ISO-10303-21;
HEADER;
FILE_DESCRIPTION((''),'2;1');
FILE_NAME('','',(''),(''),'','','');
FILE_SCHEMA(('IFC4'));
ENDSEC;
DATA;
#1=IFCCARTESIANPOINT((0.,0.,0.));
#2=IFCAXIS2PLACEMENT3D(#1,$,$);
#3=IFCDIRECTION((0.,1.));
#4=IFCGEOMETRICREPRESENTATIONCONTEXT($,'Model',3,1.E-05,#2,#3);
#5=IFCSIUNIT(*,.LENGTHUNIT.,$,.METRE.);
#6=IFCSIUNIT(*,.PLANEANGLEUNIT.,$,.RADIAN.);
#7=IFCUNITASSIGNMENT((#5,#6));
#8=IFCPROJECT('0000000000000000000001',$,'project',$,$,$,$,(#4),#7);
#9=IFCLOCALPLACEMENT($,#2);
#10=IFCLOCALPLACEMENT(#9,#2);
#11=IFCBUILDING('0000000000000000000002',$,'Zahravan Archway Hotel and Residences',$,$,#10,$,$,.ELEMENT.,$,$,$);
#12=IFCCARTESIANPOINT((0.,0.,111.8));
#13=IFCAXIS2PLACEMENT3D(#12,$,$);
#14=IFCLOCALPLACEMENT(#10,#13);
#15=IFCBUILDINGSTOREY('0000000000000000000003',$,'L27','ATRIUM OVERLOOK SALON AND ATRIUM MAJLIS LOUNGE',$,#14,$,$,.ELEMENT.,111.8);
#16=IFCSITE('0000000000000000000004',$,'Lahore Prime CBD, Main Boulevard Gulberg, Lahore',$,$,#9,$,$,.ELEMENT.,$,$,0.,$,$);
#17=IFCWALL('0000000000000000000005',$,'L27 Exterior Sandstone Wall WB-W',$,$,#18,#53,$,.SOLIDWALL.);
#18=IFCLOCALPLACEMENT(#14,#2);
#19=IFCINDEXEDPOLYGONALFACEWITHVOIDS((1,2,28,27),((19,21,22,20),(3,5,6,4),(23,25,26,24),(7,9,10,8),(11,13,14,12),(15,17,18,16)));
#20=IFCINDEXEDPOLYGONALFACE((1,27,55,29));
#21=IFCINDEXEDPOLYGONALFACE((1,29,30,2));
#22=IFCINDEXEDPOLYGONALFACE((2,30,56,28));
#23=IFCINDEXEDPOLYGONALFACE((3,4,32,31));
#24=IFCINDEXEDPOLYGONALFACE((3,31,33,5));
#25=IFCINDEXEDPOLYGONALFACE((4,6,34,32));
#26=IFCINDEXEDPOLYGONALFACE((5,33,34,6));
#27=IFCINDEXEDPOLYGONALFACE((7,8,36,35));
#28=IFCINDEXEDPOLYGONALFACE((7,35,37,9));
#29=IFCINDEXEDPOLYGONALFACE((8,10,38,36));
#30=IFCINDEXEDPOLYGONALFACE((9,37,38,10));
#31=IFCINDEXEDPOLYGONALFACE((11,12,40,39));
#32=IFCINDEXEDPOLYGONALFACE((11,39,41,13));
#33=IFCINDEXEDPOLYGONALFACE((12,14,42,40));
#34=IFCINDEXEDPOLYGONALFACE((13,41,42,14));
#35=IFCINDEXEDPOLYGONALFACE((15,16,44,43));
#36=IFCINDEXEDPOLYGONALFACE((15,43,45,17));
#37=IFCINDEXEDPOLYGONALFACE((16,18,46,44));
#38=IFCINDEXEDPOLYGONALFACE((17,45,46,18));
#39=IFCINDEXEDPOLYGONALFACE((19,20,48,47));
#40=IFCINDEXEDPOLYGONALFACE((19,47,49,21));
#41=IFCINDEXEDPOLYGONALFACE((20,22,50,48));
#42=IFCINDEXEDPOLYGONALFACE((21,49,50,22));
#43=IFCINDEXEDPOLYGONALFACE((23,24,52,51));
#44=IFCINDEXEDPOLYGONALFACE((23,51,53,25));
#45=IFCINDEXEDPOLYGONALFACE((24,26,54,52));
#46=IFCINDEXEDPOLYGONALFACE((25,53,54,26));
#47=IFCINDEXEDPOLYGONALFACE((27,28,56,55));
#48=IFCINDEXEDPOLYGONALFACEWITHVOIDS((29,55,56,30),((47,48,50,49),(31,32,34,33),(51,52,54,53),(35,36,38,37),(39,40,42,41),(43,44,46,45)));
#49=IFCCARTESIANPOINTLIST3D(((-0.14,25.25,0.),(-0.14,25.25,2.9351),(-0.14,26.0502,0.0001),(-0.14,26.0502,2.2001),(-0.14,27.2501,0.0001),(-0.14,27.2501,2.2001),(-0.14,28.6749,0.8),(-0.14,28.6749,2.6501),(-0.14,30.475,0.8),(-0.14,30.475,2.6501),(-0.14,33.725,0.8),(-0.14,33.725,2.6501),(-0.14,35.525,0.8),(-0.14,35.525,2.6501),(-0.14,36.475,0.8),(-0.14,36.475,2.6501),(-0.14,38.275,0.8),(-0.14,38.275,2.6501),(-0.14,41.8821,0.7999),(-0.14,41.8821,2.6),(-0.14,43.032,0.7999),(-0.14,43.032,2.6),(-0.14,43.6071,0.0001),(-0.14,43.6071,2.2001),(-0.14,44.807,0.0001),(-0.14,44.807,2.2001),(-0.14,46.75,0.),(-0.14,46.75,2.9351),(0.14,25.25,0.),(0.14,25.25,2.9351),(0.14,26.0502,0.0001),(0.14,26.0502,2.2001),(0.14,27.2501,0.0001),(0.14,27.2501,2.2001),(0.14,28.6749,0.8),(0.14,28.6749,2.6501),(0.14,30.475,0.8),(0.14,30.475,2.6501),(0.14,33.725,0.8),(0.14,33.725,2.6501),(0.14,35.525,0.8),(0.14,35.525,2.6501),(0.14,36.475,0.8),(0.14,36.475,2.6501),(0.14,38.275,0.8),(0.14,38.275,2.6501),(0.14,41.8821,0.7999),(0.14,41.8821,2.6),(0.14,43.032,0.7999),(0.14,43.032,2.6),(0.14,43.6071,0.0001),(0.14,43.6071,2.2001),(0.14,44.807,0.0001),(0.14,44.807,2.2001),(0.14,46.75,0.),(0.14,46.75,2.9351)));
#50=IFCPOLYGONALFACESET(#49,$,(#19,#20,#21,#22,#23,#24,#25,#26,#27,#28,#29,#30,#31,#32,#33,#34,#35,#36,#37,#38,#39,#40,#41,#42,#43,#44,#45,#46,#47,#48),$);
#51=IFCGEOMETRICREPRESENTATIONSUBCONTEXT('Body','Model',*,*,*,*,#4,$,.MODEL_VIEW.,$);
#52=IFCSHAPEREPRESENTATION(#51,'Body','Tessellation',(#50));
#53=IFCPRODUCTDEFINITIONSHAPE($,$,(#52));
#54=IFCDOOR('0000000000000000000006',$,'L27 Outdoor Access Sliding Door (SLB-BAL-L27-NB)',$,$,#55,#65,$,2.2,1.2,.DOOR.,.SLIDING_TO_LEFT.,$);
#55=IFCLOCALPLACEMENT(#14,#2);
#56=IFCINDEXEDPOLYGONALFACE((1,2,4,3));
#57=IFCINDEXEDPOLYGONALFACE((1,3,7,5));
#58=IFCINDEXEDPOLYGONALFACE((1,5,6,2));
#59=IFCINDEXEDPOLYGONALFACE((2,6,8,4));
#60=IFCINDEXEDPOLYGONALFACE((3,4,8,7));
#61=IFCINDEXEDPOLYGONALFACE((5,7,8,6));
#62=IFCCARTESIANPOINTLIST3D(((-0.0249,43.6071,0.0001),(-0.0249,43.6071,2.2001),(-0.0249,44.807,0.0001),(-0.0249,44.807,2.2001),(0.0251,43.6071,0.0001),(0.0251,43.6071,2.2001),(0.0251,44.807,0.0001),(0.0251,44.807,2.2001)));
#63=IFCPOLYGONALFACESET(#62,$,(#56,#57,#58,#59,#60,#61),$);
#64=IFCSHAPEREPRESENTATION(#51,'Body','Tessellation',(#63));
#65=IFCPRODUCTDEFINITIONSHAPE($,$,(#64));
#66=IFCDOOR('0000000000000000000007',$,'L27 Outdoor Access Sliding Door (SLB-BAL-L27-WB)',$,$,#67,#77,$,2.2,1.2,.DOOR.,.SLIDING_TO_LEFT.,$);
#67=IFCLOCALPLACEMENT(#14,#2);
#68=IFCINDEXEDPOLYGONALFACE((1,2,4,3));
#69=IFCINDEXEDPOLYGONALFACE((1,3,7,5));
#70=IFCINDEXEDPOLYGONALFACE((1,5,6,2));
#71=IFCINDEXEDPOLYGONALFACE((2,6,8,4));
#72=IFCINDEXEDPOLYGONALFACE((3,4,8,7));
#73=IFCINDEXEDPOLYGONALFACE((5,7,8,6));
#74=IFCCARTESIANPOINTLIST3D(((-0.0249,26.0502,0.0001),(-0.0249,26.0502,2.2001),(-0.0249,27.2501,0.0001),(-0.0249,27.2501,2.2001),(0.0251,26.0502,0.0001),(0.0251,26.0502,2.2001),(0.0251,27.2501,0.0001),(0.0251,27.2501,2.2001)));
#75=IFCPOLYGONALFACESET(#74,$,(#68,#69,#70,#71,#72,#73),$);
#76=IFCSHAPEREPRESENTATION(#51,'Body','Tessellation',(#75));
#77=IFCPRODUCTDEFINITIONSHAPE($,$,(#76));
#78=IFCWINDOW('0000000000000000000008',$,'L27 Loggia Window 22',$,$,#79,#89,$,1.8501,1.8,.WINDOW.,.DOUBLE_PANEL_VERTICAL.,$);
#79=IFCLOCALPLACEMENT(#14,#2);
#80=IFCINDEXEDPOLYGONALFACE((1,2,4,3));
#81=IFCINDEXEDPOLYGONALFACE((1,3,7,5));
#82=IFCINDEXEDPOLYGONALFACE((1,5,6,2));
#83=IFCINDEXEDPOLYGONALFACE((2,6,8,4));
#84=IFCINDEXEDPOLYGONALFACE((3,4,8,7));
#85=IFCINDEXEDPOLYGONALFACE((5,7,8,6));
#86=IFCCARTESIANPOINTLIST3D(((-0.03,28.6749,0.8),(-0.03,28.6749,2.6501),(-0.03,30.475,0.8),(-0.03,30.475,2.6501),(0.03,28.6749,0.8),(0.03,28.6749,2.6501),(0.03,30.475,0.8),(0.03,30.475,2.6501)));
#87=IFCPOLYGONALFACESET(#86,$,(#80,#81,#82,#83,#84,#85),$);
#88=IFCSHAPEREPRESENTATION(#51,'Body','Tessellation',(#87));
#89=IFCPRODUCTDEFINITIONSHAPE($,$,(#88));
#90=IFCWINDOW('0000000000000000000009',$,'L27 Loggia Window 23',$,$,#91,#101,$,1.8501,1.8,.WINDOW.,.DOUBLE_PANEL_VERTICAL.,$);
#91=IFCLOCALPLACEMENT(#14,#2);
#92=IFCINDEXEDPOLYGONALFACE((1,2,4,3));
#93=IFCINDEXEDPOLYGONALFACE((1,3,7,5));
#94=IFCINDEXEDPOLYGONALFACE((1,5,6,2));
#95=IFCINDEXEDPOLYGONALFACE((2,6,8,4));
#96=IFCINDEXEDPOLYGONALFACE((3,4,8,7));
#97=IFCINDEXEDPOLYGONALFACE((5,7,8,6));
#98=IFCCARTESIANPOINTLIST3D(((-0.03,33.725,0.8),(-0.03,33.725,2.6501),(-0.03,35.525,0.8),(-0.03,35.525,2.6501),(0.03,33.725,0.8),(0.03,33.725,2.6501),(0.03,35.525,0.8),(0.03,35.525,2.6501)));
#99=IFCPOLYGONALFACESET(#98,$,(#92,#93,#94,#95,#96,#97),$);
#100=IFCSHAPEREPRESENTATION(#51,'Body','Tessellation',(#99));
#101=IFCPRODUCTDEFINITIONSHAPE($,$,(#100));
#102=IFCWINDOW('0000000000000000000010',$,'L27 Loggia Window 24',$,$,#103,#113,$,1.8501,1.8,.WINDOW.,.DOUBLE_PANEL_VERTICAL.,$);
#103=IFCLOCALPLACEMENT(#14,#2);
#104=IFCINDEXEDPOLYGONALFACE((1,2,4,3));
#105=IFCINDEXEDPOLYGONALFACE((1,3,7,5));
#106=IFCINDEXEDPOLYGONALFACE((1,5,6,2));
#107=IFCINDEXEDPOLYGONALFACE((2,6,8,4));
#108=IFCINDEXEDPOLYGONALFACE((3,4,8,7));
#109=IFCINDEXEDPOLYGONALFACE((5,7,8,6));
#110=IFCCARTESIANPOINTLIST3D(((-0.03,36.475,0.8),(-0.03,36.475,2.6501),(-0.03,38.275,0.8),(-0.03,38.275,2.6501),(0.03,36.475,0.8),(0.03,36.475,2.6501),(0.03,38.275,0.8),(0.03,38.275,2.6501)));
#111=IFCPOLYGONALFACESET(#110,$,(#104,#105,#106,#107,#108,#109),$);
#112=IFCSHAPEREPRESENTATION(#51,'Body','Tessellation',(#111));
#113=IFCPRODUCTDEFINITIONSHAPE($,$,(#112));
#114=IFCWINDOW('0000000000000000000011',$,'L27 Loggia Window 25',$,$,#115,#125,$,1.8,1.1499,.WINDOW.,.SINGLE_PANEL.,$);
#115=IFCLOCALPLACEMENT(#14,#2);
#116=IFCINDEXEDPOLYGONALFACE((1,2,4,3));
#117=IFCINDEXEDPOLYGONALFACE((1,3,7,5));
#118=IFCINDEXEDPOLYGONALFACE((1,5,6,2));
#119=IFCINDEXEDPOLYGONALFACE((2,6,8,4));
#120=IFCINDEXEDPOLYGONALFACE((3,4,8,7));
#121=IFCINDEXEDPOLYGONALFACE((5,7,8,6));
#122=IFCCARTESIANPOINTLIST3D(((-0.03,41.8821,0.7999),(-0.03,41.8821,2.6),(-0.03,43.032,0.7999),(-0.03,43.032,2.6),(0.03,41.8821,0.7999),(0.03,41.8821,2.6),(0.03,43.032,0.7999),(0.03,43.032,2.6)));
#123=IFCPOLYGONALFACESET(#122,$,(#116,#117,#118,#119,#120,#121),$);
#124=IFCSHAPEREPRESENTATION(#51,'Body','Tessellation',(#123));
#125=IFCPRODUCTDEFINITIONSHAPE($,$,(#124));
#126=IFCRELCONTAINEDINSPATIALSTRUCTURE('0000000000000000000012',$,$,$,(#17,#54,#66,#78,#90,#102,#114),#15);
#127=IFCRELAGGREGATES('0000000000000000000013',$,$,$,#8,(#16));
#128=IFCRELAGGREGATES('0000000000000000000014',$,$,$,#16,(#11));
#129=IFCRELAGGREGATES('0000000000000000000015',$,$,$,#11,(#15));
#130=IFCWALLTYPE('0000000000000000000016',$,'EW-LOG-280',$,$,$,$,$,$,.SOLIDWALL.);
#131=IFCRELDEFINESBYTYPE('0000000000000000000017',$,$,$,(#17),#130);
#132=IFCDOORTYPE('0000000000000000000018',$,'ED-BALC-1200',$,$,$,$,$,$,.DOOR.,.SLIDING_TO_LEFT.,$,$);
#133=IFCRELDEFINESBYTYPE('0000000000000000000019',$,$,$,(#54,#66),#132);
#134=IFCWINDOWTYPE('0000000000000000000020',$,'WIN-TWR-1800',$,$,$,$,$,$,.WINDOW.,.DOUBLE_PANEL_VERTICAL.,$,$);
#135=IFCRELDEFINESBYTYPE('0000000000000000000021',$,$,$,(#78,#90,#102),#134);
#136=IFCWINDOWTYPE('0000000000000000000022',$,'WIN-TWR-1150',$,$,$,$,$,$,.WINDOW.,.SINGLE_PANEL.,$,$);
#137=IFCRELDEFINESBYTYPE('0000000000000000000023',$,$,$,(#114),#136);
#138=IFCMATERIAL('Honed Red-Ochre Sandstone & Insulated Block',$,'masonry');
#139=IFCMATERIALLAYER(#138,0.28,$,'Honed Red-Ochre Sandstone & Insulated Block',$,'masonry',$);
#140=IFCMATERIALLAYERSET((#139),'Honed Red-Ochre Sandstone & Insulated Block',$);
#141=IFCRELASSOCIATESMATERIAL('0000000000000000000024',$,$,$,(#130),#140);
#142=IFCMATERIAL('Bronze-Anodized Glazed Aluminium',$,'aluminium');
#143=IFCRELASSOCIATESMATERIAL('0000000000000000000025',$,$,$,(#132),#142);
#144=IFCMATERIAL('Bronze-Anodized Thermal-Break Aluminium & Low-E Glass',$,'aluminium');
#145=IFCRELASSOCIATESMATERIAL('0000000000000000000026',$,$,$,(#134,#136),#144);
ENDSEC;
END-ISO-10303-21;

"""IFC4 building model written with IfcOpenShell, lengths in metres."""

from ifc_helpers import new_model, si_unit, direction, frame, frame_2d, origin, place, context, subcontext, project, spatial, rectangle, extrude, source, transform, mapped, material, layer, layer_set, type_object, type_shapes, element, fill, save


model = new_model("IFC4")

# Units and contexts
model_context = context("Model", 3, precision=1e-05, world=origin(), true_north=direction((0.0, 1.0)))
body_context = subcontext(model_context, "Body", "Model", "MODEL_VIEW")
ifc_project = project(units=[si_unit("LENGTHUNIT", "METRE"), si_unit("PLANEANGLEUNIT", "RADIAN")], contexts=[model_context])

# Site, building, storey
site_placement = place(None, origin())
site = spatial("IfcSite", under=ifc_project, at=site_placement, Name="Lahore Prime CBD, Main Boulevard Gulberg, Lahore", CompositionType="ELEMENT", RefElevation=0.0)
building_placement = place(site_placement, origin())
building = spatial("IfcBuilding", under=site, at=building_placement, Name="Zahravan Archway Hotel and Residences", CompositionType="ELEMENT")
storey_placement = place(building_placement, frame((0.0, 0.0, 111.8)))
storey = spatial("IfcBuildingStorey", under=building, at=storey_placement, Name="L27", Description="ATRIUM OVERLOOK SALON AND ATRIUM MAJLIS LOUNGE", CompositionType="ELEMENT", Elevation=111.8)

# Shared definitions
ifc_material_1 = material(Name="Honed Red-Ochre Sandstone & Insulated Block", Category="masonry")
ifc_layer_1 = layer(ifc_material_1, 0.28, Name="Honed Red-Ochre Sandstone & Insulated Block", Category="masonry")
ifc_layer_set_1 = layer_set([ifc_layer_1], Name="Honed Red-Ochre Sandstone & Insulated Block")
wall_type_1 = type_object("IfcWallType", Name="EW-LOG-280", PredefinedType="SOLIDWALL", material=ifc_layer_set_1)
ifc_material_2 = material(Name="Bronze-Anodized Thermal-Break Aluminium & Low-E Glass", Category="aluminium")

# Wall, openings, doors, windows
wall_1_placement = place(storey_placement, frame((0.0, 25.25, 0.0), z_axis=(0.0, 0.0, 1.0), x_axis=(0.0, 1.0, 0.0)))
wall_1 = element("IfcWall", 1, at=wall_1_placement, inside=storey, type_object=wall_type_1, Name="L27 Exterior Sandstone Wall WB-W", PredefinedType="SOLIDWALL", context=body_context, shape_type="SweptSolid", body=[
    extrude(rectangle(XDim=21.5, YDim=0.28, at=frame_2d((10.75, 0.0))), origin(), (0.0, 0.0, 1.0), 2.9351),
])
opening_1_placement = place(wall_1_placement, frame((18.3569, 0.0, 0.0)))
opening_1 = element("IfcOpeningElement", 2, at=opening_1_placement, cuts=wall_1, PredefinedType="OPENING", context=body_context, shape_type="SweptSolid", body=[
    extrude(rectangle(XDim=1.2, YDim=2.2, at=frame_2d((0.6001, 1.1001))), frame((0.0, 0.1499, 0.0), z_axis=(0.0, -1.0, 0.0), x_axis=(1.0, 0.0, 0.0)), (0.0, 0.0, 1.0), 0.3),
])
opening_2_placement = place(wall_1_placement, frame((0.8, 0.0, 0.0)))
opening_2 = element("IfcOpeningElement", 3, at=opening_2_placement, cuts=wall_1, PredefinedType="OPENING", context=body_context, shape_type="SweptSolid", body=[
    extrude(rectangle(XDim=1.2, YDim=2.2, at=frame_2d((0.6001, 1.1001))), frame((0.0, 0.1499, 0.0), z_axis=(0.0, -1.0, 0.0), x_axis=(1.0, 0.0, 0.0)), (0.0, 0.0, 1.0), 0.3),
])
opening_3_placement = place(wall_1_placement, frame((3.425, 0.0, 0.8)))
opening_3 = element("IfcOpeningElement", 4, at=opening_3_placement, cuts=wall_1, PredefinedType="OPENING", context=body_context, shape_type="SweptSolid", body=[
    extrude(rectangle(XDim=1.8, YDim=1.8501, at=frame_2d((0.8999, 0.925))), frame((0.0, 0.1499, 0.0), z_axis=(0.0, -1.0, 0.0), x_axis=(1.0, 0.0, 0.0)), (0.0, 0.0, 1.0), 0.3),
])
opening_4_placement = place(wall_1_placement, frame((8.4751, 0.0, 0.8)))
opening_4 = element("IfcOpeningElement", 5, at=opening_4_placement, cuts=wall_1, PredefinedType="OPENING", context=body_context, shape_type="SweptSolid", body=[
    extrude(rectangle(XDim=1.8, YDim=1.8501, at=frame_2d((0.8999, 0.925))), frame((0.0, 0.1499, 0.0), z_axis=(0.0, -1.0, 0.0), x_axis=(1.0, 0.0, 0.0)), (0.0, 0.0, 1.0), 0.3),
])
opening_5_placement = place(wall_1_placement, frame((11.2251, 0.0, 0.8)))
opening_5 = element("IfcOpeningElement", 6, at=opening_5_placement, cuts=wall_1, PredefinedType="OPENING", context=body_context, shape_type="SweptSolid", body=[
    extrude(rectangle(XDim=1.8, YDim=1.8501, at=frame_2d((0.8999, 0.925))), frame((0.0, 0.1499, 0.0), z_axis=(0.0, -1.0, 0.0), x_axis=(1.0, 0.0, 0.0)), (0.0, 0.0, 1.0), 0.3),
])
opening_6_placement = place(wall_1_placement, frame((16.6321, 0.0, 0.8)))
opening_6 = element("IfcOpeningElement", 7, at=opening_6_placement, cuts=wall_1, PredefinedType="OPENING", context=body_context, shape_type="SweptSolid", body=[
    extrude(rectangle(XDim=1.1499, YDim=1.8, at=frame_2d((0.575, 0.8999))), frame((0.0, 0.1499, 0.0), z_axis=(0.0, -1.0, 0.0), x_axis=(1.0, 0.0, 0.0)), (0.0, 0.0, 1.0), 0.3),
])
ifc_material_3 = material(Name="Bronze-Anodized Glazed Aluminium", Category="aluminium")
door_type = type_object("IfcDoorType", Name="ED-BALC-1200", OperationType="SLIDING_TO_LEFT", PredefinedType="DOOR", material=ifc_material_3)
shared_shape_1 = source(origin(), body_context, "Body", "SweptSolid", [
    extrude(rectangle(XDim=1.2, YDim=2.2, at=frame_2d((0.6001, 1.1001))), frame((0.0, 0.0249, 0.0), z_axis=(0.0, -1.0, 0.0), x_axis=(1.0, 0.0, 0.0)), (0.0, 0.0, 1.0), 0.05),
])
type_shapes(door_type, [shared_shape_1])
door_1_placement = place(opening_1_placement, origin())
door_1 = element("IfcDoor", 8, at=door_1_placement, inside=storey, type_object=door_type, Name="L27 Outdoor Access Sliding Door (SLB-BAL-L27-NB)", OperationType="SLIDING_TO_LEFT", OverallHeight=2.2, OverallWidth=1.2, PredefinedType="DOOR", context=body_context, shape_type="MappedRepresentation", body=[
    mapped(shared_shape_1, transform((0.0, 0.0, 0.0), scale=1.0)),
])
fill(opening_1, door_1)
door_2_placement = place(opening_2_placement, origin())
door_2 = element("IfcDoor", 9, at=door_2_placement, inside=storey, type_object=door_type, Name="L27 Outdoor Access Sliding Door (SLB-BAL-L27-WB)", OperationType="SLIDING_TO_LEFT", OverallHeight=2.2, OverallWidth=1.2, PredefinedType="DOOR", context=body_context, shape_type="MappedRepresentation", body=[
    mapped(shared_shape_1, transform((0.0, 0.0, 0.0), scale=1.0)),
])
fill(opening_2, door_2)
window_type_1 = type_object("IfcWindowType", Name="WIN-TWR-1800", PartitioningType="DOUBLE_PANEL_VERTICAL", PredefinedType="WINDOW", material=ifc_material_2)
shared_shape_2 = source(origin(), body_context, "Body", "SweptSolid", [
    extrude(rectangle(XDim=1.8, YDim=1.8501, at=frame_2d((0.8999, 0.925))), frame((0.0, 0.03, 0.0), z_axis=(0.0, -1.0, 0.0), x_axis=(1.0, 0.0, 0.0)), (0.0, 0.0, 1.0), 0.0601),
])
type_shapes(window_type_1, [shared_shape_2])
window_1_placement = place(opening_3_placement, origin())
window_1 = element("IfcWindow", 10, at=window_1_placement, inside=storey, type_object=window_type_1, Name="L27 Loggia Window 22", OverallHeight=1.8501, OverallWidth=1.8, PartitioningType="DOUBLE_PANEL_VERTICAL", PredefinedType="WINDOW", context=body_context, shape_type="MappedRepresentation", body=[
    mapped(shared_shape_2, transform((0.0, 0.0, 0.0), scale=1.0)),
])
fill(opening_3, window_1)
window_2_placement = place(opening_4_placement, origin())
window_2 = element("IfcWindow", 11, at=window_2_placement, inside=storey, type_object=window_type_1, Name="L27 Loggia Window 23", OverallHeight=1.8501, OverallWidth=1.8, PartitioningType="DOUBLE_PANEL_VERTICAL", PredefinedType="WINDOW", context=body_context, shape_type="MappedRepresentation", body=[
    mapped(shared_shape_2, transform((0.0, 0.0, 0.0), scale=1.0)),
])
fill(opening_4, window_2)
window_3_placement = place(opening_5_placement, origin())
window_3 = element("IfcWindow", 12, at=window_3_placement, inside=storey, type_object=window_type_1, Name="L27 Loggia Window 24", OverallHeight=1.8501, OverallWidth=1.8, PartitioningType="DOUBLE_PANEL_VERTICAL", PredefinedType="WINDOW", context=body_context, shape_type="MappedRepresentation", body=[
    mapped(shared_shape_2, transform((0.0, 0.0, 0.0), scale=1.0)),
])
fill(opening_5, window_3)
window_type_2 = type_object("IfcWindowType", Name="WIN-TWR-1150", PartitioningType="SINGLE_PANEL", PredefinedType="WINDOW", material=ifc_material_2)
shared_shape_3 = source(origin(), body_context, "Body", "SweptSolid", [
    extrude(rectangle(XDim=1.1499, YDim=1.8, at=frame_2d((0.575, 0.8999))), frame((0.0, 0.03, 0.0), z_axis=(0.0, -1.0, 0.0), x_axis=(1.0, 0.0, 0.0)), (0.0, 0.0, 1.0), 0.0601),
])
type_shapes(window_type_2, [shared_shape_3])
window_4_placement = place(opening_6_placement, origin())
window_4 = element("IfcWindow", 13, at=window_4_placement, inside=storey, type_object=window_type_2, Name="L27 Loggia Window 25", OverallHeight=1.8, OverallWidth=1.1499, PartitioningType="SINGLE_PANEL", PredefinedType="WINDOW", context=body_context, shape_type="MappedRepresentation", body=[
    mapped(shared_shape_3, transform((0.0, 0.0, 0.0), scale=1.0)),
])
fill(opening_6, window_4)

save(model, "model.ifc")
